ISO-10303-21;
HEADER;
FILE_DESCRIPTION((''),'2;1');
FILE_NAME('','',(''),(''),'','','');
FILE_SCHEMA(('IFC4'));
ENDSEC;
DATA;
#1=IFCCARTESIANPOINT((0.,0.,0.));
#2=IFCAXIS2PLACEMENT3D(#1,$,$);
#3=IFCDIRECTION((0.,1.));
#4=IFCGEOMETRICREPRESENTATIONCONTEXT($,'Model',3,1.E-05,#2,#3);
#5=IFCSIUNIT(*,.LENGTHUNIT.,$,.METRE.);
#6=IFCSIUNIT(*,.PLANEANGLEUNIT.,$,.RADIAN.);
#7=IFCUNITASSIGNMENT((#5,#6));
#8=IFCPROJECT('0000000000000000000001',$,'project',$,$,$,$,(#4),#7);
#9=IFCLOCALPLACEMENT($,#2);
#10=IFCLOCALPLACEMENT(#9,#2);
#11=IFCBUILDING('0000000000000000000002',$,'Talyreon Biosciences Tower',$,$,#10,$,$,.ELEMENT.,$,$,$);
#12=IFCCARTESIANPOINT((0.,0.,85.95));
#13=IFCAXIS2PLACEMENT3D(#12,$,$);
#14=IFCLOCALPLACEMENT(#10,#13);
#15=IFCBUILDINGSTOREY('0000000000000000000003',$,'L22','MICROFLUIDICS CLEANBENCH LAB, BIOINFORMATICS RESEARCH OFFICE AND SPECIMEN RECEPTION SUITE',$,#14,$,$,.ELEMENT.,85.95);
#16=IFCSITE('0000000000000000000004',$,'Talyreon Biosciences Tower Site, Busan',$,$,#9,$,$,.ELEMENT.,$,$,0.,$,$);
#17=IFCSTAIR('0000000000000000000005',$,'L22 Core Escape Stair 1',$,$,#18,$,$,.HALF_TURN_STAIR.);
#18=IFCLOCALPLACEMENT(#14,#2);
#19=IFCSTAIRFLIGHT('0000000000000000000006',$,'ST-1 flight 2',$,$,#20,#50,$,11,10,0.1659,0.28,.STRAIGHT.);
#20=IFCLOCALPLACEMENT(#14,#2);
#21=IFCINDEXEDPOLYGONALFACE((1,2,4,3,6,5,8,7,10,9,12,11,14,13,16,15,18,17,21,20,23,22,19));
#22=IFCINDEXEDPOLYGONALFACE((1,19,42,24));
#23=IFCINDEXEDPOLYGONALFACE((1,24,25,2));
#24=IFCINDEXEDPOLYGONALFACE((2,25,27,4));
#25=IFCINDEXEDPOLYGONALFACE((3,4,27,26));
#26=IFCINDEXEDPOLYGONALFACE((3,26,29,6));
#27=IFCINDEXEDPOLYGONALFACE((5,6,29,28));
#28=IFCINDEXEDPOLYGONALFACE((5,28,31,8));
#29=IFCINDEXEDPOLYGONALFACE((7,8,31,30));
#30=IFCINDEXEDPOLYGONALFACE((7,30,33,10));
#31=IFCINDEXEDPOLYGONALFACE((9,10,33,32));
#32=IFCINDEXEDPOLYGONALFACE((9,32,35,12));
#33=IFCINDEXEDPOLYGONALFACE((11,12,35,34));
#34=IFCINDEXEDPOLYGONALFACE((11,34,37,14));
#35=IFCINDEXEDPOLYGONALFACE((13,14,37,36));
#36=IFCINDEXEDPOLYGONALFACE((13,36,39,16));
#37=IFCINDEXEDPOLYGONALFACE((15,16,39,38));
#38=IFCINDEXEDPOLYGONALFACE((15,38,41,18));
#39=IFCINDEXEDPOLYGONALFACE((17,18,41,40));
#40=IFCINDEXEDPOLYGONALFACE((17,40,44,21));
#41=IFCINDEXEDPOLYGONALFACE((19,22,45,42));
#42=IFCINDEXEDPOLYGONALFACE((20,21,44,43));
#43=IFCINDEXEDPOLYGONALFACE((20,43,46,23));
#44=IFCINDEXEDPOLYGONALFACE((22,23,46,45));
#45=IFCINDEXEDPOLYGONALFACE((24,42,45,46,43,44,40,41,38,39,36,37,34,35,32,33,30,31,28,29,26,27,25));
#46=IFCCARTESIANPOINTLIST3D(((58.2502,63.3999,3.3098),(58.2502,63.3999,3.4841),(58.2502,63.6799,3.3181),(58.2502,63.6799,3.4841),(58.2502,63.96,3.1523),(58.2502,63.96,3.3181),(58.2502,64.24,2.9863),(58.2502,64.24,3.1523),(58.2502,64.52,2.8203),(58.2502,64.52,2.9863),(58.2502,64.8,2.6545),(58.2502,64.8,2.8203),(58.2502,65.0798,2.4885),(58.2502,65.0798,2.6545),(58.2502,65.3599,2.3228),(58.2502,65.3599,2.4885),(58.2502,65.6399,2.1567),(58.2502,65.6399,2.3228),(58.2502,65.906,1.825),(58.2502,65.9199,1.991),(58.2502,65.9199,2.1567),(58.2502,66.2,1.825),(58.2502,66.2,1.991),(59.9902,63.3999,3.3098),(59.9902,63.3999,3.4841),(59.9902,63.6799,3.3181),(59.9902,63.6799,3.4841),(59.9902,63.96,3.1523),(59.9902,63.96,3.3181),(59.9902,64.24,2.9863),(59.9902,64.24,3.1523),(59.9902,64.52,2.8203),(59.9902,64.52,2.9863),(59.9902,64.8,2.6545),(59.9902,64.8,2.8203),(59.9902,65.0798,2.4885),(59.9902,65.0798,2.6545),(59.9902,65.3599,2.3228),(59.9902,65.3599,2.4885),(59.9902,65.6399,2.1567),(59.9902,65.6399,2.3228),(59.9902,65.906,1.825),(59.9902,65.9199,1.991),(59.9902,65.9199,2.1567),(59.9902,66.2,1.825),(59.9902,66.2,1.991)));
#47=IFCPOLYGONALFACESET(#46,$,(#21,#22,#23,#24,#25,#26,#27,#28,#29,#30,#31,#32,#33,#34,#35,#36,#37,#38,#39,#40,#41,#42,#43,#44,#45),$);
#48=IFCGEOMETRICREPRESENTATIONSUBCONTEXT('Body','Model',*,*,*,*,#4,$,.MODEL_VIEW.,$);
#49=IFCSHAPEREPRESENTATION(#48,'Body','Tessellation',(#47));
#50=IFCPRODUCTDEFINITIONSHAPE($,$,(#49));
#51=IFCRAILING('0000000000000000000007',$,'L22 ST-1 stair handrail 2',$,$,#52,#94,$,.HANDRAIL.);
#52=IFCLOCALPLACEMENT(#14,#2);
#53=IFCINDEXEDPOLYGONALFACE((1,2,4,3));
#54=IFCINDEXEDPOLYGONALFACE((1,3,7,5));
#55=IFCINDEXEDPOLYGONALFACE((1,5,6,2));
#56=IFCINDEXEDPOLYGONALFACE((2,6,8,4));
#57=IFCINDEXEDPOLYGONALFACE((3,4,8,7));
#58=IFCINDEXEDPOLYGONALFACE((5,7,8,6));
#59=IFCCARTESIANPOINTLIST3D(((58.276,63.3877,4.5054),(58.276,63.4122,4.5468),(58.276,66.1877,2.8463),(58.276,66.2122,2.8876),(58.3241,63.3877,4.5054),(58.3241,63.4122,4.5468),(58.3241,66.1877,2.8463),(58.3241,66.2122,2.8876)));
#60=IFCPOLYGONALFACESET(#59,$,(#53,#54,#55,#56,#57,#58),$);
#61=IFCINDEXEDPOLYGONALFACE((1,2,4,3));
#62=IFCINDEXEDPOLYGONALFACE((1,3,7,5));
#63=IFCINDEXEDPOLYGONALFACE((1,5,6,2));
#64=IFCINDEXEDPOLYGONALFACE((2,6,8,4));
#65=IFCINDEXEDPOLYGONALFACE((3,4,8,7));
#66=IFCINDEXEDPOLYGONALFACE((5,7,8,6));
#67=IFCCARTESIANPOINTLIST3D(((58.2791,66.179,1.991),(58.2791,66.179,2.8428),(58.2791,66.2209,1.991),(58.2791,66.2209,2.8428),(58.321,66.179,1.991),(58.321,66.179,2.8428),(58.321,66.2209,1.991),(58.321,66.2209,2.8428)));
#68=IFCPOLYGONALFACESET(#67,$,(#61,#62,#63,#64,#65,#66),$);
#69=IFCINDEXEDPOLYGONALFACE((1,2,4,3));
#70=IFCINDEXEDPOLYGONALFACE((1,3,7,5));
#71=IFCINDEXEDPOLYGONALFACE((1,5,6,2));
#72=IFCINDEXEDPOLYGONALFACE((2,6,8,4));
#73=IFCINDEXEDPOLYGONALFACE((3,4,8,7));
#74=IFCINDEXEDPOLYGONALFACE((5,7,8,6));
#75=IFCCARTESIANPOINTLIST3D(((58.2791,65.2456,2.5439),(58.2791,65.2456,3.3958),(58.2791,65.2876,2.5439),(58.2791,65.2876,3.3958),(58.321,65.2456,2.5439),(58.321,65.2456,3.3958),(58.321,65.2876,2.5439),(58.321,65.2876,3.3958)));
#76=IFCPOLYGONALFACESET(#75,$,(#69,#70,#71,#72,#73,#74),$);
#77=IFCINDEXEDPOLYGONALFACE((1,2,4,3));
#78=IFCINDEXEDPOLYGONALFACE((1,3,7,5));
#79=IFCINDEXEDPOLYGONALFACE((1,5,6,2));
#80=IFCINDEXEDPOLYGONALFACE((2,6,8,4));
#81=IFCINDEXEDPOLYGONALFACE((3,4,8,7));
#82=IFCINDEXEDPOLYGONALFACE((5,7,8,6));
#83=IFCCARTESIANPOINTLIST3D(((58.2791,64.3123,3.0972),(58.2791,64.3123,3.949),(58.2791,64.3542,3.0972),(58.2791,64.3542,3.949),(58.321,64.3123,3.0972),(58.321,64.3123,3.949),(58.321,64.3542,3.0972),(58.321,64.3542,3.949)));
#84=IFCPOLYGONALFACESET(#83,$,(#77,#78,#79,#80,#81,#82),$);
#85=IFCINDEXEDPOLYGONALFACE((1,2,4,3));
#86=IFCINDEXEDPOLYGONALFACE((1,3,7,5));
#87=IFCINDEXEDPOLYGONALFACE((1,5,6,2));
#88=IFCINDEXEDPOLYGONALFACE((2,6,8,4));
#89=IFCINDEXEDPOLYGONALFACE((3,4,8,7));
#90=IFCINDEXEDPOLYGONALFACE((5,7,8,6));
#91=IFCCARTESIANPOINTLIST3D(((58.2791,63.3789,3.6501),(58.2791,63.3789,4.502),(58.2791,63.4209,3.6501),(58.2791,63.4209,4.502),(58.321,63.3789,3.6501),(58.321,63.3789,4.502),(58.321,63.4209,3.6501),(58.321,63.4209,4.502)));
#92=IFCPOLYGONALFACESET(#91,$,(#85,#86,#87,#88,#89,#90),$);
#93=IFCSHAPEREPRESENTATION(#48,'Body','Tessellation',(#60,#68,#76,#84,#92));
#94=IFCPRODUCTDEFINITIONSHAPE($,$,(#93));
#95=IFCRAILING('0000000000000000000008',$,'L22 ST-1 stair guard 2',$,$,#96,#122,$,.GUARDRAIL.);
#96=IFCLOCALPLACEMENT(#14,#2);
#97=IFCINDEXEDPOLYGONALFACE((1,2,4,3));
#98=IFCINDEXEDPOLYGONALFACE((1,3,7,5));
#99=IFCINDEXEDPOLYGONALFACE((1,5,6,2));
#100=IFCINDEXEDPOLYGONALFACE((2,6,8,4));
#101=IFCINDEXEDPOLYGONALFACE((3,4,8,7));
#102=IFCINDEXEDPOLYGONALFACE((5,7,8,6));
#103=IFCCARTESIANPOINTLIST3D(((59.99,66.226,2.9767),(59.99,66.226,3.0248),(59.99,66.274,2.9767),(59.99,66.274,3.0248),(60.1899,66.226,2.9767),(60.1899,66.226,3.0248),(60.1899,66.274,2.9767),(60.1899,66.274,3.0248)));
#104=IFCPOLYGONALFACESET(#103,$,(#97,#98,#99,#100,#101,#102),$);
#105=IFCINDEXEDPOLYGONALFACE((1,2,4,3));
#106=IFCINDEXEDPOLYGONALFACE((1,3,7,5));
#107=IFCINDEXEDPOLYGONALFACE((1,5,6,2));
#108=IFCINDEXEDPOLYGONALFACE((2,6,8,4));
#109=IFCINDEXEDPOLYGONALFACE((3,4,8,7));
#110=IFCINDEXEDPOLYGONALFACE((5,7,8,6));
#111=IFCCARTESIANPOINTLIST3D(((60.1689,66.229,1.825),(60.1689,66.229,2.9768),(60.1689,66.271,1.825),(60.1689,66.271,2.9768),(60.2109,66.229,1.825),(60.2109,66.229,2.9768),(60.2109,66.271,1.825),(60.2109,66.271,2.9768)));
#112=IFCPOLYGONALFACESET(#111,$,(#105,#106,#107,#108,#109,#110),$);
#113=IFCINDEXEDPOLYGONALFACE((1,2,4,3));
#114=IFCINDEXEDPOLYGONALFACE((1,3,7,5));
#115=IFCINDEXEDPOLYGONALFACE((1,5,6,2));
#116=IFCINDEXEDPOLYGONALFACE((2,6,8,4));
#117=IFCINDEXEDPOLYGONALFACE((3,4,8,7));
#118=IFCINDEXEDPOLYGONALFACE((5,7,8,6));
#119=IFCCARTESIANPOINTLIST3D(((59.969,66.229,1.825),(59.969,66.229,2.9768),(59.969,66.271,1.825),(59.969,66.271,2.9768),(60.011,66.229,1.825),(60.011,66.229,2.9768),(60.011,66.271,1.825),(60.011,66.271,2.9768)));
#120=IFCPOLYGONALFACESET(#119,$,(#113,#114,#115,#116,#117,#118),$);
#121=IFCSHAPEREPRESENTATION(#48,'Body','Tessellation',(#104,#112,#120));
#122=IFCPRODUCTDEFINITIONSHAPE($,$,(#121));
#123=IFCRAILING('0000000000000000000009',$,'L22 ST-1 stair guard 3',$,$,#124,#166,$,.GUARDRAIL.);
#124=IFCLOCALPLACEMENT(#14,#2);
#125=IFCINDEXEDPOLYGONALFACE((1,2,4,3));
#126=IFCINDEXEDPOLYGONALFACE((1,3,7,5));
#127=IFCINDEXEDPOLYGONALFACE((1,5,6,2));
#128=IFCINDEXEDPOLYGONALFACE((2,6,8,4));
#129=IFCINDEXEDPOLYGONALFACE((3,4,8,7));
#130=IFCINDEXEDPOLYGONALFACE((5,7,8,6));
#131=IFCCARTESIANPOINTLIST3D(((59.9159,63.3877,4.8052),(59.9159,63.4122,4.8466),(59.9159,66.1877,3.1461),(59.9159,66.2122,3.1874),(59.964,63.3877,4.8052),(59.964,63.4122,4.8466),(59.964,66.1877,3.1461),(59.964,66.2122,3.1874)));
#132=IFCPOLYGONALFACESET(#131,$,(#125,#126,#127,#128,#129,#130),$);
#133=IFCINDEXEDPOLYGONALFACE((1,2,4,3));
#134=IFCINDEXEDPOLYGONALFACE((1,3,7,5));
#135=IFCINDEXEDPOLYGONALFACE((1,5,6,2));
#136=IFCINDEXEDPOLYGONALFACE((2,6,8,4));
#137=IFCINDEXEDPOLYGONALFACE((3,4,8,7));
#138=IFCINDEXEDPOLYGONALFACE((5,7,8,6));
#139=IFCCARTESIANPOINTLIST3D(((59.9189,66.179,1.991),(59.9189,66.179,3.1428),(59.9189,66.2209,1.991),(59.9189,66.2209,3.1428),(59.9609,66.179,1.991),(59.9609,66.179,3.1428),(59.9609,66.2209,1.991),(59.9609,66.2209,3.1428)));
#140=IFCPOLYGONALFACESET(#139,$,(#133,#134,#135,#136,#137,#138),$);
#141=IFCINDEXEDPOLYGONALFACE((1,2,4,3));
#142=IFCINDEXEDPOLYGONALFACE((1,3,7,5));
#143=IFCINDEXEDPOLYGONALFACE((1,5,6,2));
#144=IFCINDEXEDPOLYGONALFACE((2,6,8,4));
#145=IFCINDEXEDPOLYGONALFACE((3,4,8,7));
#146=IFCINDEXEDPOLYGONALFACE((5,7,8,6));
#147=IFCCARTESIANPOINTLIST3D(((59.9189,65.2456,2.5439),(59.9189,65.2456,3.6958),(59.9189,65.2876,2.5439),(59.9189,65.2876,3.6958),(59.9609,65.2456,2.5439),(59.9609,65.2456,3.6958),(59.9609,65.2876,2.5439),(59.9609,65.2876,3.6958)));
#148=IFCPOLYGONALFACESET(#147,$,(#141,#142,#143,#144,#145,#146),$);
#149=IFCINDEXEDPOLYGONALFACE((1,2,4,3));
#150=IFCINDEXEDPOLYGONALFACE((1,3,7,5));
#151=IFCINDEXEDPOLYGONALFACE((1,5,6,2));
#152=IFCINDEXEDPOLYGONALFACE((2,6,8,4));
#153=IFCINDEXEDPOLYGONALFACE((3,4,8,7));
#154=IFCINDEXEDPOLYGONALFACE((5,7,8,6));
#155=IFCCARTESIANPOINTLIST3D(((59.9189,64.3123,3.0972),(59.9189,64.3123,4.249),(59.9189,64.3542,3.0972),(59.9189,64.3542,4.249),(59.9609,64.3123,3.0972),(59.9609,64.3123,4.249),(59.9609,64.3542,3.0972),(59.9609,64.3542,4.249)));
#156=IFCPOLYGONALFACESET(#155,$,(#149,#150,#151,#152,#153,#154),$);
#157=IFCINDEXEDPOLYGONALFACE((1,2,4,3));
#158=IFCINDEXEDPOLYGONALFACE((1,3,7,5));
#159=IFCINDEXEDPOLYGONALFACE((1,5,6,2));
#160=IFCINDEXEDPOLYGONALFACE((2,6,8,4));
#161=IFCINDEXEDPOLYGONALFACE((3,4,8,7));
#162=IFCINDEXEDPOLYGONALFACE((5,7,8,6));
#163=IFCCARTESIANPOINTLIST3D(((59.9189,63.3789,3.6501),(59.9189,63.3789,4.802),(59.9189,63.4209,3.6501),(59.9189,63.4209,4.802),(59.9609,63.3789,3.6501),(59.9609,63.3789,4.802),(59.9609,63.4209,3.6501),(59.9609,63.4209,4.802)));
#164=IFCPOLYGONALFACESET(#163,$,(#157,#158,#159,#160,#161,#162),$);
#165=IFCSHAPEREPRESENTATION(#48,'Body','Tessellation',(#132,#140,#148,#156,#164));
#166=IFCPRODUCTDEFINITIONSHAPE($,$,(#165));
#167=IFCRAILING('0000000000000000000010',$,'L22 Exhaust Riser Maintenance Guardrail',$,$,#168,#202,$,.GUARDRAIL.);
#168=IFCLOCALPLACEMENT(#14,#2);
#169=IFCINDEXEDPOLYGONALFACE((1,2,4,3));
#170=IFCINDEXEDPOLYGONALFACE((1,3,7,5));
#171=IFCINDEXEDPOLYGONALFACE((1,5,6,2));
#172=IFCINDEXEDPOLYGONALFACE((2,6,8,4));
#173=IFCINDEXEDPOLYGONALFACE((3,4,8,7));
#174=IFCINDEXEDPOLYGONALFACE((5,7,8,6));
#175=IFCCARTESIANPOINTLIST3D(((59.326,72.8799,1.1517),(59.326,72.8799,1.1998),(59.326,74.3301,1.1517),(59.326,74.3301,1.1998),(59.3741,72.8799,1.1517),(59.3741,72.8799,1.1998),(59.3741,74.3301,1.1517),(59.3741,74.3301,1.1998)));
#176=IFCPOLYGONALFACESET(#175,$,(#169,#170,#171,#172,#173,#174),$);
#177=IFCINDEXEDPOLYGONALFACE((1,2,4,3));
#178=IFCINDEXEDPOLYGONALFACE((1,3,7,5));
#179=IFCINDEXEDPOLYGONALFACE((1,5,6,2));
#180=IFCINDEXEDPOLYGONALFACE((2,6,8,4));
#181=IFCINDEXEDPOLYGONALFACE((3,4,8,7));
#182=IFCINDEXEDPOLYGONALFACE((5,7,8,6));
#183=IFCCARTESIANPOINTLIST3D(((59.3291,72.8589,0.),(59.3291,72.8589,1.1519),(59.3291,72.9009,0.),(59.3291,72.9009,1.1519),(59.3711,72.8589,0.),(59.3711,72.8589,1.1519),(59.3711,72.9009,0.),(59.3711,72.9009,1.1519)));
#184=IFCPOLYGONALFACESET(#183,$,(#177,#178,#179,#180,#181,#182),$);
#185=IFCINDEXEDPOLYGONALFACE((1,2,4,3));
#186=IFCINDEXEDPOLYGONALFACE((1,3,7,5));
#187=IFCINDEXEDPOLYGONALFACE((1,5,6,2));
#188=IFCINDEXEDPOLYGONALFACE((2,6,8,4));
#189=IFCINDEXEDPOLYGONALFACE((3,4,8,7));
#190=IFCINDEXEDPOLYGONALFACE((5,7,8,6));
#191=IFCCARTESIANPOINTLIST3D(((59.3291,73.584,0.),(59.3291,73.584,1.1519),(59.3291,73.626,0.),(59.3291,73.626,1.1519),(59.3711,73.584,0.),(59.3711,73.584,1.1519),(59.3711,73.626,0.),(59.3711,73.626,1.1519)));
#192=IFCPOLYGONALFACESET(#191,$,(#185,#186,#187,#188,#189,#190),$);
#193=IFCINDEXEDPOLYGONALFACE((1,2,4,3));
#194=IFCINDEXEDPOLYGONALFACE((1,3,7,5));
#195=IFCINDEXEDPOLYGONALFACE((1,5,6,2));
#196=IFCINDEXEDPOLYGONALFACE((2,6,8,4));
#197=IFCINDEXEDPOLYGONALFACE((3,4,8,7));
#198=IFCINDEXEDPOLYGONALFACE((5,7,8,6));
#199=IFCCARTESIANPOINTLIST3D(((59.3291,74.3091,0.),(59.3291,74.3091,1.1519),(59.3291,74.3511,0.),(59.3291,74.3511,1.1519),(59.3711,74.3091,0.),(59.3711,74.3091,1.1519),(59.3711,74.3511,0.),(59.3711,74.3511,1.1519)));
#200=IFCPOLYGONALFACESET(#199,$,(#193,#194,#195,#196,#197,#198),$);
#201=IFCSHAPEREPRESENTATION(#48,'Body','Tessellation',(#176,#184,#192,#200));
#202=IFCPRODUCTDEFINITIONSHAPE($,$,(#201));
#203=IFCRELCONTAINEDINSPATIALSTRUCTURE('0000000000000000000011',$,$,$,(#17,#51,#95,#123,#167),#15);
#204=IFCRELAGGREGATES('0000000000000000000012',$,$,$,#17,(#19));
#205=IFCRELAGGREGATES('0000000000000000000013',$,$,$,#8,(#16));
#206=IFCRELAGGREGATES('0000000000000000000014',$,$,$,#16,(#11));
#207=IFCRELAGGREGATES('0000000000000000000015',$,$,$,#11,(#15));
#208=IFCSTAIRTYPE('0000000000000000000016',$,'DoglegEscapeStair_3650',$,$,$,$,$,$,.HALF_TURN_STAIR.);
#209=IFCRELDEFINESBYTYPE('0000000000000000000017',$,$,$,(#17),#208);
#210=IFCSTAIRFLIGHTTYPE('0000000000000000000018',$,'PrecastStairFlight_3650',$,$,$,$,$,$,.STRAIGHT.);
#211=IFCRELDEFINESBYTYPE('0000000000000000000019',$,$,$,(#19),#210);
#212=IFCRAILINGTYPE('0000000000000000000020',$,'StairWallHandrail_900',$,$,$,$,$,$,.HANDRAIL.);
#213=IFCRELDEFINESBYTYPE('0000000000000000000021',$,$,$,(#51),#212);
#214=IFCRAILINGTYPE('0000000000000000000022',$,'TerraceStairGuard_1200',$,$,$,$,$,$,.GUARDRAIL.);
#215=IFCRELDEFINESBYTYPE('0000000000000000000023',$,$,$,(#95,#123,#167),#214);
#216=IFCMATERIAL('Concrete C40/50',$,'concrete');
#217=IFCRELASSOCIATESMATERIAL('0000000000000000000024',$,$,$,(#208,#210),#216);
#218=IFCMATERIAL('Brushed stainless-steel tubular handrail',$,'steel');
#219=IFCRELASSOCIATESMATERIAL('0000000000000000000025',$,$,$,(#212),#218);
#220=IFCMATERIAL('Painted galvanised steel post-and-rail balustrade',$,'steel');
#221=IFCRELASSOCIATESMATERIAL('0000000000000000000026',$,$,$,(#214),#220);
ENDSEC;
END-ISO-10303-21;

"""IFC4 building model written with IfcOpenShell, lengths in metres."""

from ifc_helpers import new_model, si_unit, direction, frame, origin, origin_2d, place, context, subcontext, project, spatial, polyline, rectangle, outline, extrude, material, type_object, element, aggregate, save


model = new_model("IFC4")

# Units and contexts
model_context = context("Model", 3, precision=1e-05, world=origin(), true_north=direction((0.0, 1.0)))
body_context = subcontext(model_context, "Body", "Model", "MODEL_VIEW")
ifc_project = project(units=[si_unit("LENGTHUNIT", "METRE"), si_unit("PLANEANGLEUNIT", "RADIAN")], contexts=[model_context])

# Site, building, storey
site_placement = place(None, origin())
site = spatial("IfcSite", under=ifc_project, at=site_placement, Name="Talyreon Biosciences Tower Site, Busan", CompositionType="ELEMENT", RefElevation=0.0)
building_placement = place(site_placement, origin())
building = spatial("IfcBuilding", under=site, at=building_placement, Name="Talyreon Biosciences Tower", CompositionType="ELEMENT")
storey_placement = place(building_placement, frame((0.0, 0.0, 85.95)))
storey = spatial("IfcBuildingStorey", under=building, at=storey_placement, Name="L22", Description="MICROFLUIDICS CLEANBENCH LAB, BIOINFORMATICS RESEARCH OFFICE AND SPECIMEN RECEPTION SUITE", CompositionType="ELEMENT", Elevation=85.95)

# Stair, stair flight
ifc_material_1 = material(Name="Concrete C40/50", Category="concrete")
stair_type = type_object("IfcStairType", Name="DoglegEscapeStair_3650", PredefinedType="HALF_TURN_STAIR", material=ifc_material_1)
stair_placement = place(storey_placement, origin())
stair = element("IfcStair", 1, at=stair_placement, inside=storey, type_object=stair_type, Name="L22 Core Escape Stair 1", PredefinedType="HALF_TURN_STAIR")
stair_flight_type = type_object("IfcStairFlightType", Name="PrecastStairFlight_3650", PredefinedType="STRAIGHT", material=ifc_material_1)
stair_flight_placement = place(storey_placement, frame((59.1201, 66.2, 1.825), z_axis=(0.0, 0.0, 1.0), x_axis=(0.0, -1.0, 0.0)))
stair_flight = element("IfcStairFlight", 2, at=stair_flight_placement, type_object=stair_flight_type, Name="ST-1 flight 2", NumberOfRisers=11, NumberOfTreads=10, PredefinedType="STRAIGHT", RiserHeight=0.1659, TreadLength=0.28, context=body_context, shape_type="SweptSolid", body=[
    extrude(outline(polyline([(0.0, 0.0), (0.0, 0.166), (0.28, 0.166), (0.28, 0.3318), (0.5601, 0.3318), (0.5601, 0.4978), (0.8401, 0.4978), (0.8401, 0.6636), (1.1201, 0.6636), (1.1201, 0.8296), (1.3999, 0.8296), (1.3999, 0.9954), (1.6799, 0.9954), (1.6799, 1.1614), (1.96, 1.1614), (1.96, 1.3274), (2.24, 1.3274), (2.24, 1.4932), (2.52, 1.4932), (2.52, 1.6592), (2.8, 1.6592), (2.8, 1.825), (2.8, 1.4849), (0.2939, 0.0), (0.0, 0.0)])), frame((0.0, 0.8701, 0.0), z_axis=(0.0, -1.0, 0.0), x_axis=(1.0, 0.0, 0.0)), (0.0, 0.0, 1.0), 1.74),
])
aggregate(stair, [stair_flight])

# Railings
ifc_material_2 = material(Name="Brushed stainless-steel tubular handrail", Category="steel")
railing_type_1 = type_object("IfcRailingType", Name="StairWallHandrail_900", PredefinedType="HANDRAIL", material=ifc_material_2)
railing_1_placement = place(storey_placement, frame((58.3, 66.2, 1.991)))
element("IfcRailing", 3, at=railing_1_placement, inside=storey, type_object=railing_type_1, Name="L22 ST-1 stair handrail 2", PredefinedType="HANDRAIL", context=body_context, shape_type="SweptSolid", body=[
    extrude(rectangle(XDim=0.0481, YDim=0.0481, at=origin_2d()), frame((0.0, 0.0, 0.876), z_axis=(0.0, -0.860306, 0.509778), x_axis=(1.0, 0.0, 0.0)), (0.0, 0.0, 1.0), 3.2546),
    extrude(rectangle(XDim=0.042, YDim=0.042, at=origin_2d()), origin(), (0.0, 0.0, 1.0), 0.8518),
    extrude(rectangle(XDim=0.042, YDim=0.042, at=origin_2d()), frame((0.0, -0.9333, 0.553)), (0.0, 0.0, 1.0), 0.8518),
    extrude(rectangle(XDim=0.042, YDim=0.042, at=origin_2d()), frame((0.0, -1.8667, 1.1062)), (0.0, 0.0, 1.0), 0.8518),
    extrude(rectangle(XDim=0.042, YDim=0.042, at=origin_2d()), frame((0.0, -2.8, 1.6592)), (0.0, 0.0, 1.0), 0.8518),
])
ifc_material_3 = material(Name="Painted galvanised steel post-and-rail balustrade", Category="steel")
railing_type_2 = type_object("IfcRailingType", Name="TerraceStairGuard_1200", PredefinedType="GUARDRAIL", material=ifc_material_3)
railing_2_placement = place(storey_placement, frame((60.1899, 66.25, 1.825)))
element("IfcRailing", 4, at=railing_2_placement, inside=storey, type_object=railing_type_2, Name="L22 ST-1 stair guard 2", PredefinedType="GUARDRAIL", context=body_context, shape_type="SweptSolid", body=[
    extrude(rectangle(XDim=0.0481, YDim=0.0481, at=origin_2d()), frame((0.0, 0.0, 1.1758), z_axis=(-1.0, 0.0, 0.0), x_axis=(0.0, -1.0, 0.0)), (0.0, 0.0, 1.0), 0.2),
    extrude(rectangle(XDim=0.042, YDim=0.042, at=origin_2d()), origin(), (0.0, 0.0, 1.0), 1.1519),
    extrude(rectangle(XDim=0.042, YDim=0.042, at=origin_2d()), frame((-0.2, 0.0, 0.0)), (0.0, 0.0, 1.0), 1.1519),
])
railing_3_placement = place(storey_placement, frame((59.9399, 66.2, 1.991)))
element("IfcRailing", 5, at=railing_3_placement, inside=storey, type_object=railing_type_2, Name="L22 ST-1 stair guard 3", PredefinedType="GUARDRAIL", context=body_context, shape_type="SweptSolid", body=[
    extrude(rectangle(XDim=0.0481, YDim=0.0481, at=origin_2d()), frame((0.0, 0.0, 1.1758), z_axis=(0.0, -0.860306, 0.509778), x_axis=(1.0, 0.0, 0.0)), (0.0, 0.0, 1.0), 3.2546),
    extrude(rectangle(XDim=0.042, YDim=0.042, at=origin_2d()), origin(), (0.0, 0.0, 1.0), 1.1519),
    extrude(rectangle(XDim=0.042, YDim=0.042, at=origin_2d()), frame((0.0, -0.9333, 0.553)), (0.0, 0.0, 1.0), 1.1519),
    extrude(rectangle(XDim=0.042, YDim=0.042, at=origin_2d()), frame((0.0, -1.8667, 1.1062)), (0.0, 0.0, 1.0), 1.1519),
    extrude(rectangle(XDim=0.042, YDim=0.042, at=origin_2d()), frame((0.0, -2.8, 1.6592)), (0.0, 0.0, 1.0), 1.1519),
])
railing_4_placement = place(storey_placement, frame((59.3501, 72.8799, 0.0)))
element("IfcRailing", 6, at=railing_4_placement, inside=storey, type_object=railing_type_2, Name="L22 Exhaust Riser Maintenance Guardrail", PredefinedType="GUARDRAIL", context=body_context, shape_type="SweptSolid", body=[
    extrude(rectangle(XDim=0.0481, YDim=0.0481, at=origin_2d()), frame((0.0, 0.0, 1.1758), z_axis=(0.0, 1.0, 0.0), x_axis=(-1.0, 0.0, 0.0)), (0.0, 0.0, 1.0), 1.4502),
    extrude(rectangle(XDim=0.042, YDim=0.042, at=origin_2d()), origin(), (0.0, 0.0, 1.0), 1.1519),
    extrude(rectangle(XDim=0.042, YDim=0.042, at=origin_2d()), frame((0.0, 0.7251, 0.0)), (0.0, 0.0, 1.0), 1.1519),
    extrude(rectangle(XDim=0.042, YDim=0.042, at=origin_2d()), frame((0.0, 1.4502, 0.0)), (0.0, 0.0, 1.0), 1.1519),
])

save(model, "model.ifc")
